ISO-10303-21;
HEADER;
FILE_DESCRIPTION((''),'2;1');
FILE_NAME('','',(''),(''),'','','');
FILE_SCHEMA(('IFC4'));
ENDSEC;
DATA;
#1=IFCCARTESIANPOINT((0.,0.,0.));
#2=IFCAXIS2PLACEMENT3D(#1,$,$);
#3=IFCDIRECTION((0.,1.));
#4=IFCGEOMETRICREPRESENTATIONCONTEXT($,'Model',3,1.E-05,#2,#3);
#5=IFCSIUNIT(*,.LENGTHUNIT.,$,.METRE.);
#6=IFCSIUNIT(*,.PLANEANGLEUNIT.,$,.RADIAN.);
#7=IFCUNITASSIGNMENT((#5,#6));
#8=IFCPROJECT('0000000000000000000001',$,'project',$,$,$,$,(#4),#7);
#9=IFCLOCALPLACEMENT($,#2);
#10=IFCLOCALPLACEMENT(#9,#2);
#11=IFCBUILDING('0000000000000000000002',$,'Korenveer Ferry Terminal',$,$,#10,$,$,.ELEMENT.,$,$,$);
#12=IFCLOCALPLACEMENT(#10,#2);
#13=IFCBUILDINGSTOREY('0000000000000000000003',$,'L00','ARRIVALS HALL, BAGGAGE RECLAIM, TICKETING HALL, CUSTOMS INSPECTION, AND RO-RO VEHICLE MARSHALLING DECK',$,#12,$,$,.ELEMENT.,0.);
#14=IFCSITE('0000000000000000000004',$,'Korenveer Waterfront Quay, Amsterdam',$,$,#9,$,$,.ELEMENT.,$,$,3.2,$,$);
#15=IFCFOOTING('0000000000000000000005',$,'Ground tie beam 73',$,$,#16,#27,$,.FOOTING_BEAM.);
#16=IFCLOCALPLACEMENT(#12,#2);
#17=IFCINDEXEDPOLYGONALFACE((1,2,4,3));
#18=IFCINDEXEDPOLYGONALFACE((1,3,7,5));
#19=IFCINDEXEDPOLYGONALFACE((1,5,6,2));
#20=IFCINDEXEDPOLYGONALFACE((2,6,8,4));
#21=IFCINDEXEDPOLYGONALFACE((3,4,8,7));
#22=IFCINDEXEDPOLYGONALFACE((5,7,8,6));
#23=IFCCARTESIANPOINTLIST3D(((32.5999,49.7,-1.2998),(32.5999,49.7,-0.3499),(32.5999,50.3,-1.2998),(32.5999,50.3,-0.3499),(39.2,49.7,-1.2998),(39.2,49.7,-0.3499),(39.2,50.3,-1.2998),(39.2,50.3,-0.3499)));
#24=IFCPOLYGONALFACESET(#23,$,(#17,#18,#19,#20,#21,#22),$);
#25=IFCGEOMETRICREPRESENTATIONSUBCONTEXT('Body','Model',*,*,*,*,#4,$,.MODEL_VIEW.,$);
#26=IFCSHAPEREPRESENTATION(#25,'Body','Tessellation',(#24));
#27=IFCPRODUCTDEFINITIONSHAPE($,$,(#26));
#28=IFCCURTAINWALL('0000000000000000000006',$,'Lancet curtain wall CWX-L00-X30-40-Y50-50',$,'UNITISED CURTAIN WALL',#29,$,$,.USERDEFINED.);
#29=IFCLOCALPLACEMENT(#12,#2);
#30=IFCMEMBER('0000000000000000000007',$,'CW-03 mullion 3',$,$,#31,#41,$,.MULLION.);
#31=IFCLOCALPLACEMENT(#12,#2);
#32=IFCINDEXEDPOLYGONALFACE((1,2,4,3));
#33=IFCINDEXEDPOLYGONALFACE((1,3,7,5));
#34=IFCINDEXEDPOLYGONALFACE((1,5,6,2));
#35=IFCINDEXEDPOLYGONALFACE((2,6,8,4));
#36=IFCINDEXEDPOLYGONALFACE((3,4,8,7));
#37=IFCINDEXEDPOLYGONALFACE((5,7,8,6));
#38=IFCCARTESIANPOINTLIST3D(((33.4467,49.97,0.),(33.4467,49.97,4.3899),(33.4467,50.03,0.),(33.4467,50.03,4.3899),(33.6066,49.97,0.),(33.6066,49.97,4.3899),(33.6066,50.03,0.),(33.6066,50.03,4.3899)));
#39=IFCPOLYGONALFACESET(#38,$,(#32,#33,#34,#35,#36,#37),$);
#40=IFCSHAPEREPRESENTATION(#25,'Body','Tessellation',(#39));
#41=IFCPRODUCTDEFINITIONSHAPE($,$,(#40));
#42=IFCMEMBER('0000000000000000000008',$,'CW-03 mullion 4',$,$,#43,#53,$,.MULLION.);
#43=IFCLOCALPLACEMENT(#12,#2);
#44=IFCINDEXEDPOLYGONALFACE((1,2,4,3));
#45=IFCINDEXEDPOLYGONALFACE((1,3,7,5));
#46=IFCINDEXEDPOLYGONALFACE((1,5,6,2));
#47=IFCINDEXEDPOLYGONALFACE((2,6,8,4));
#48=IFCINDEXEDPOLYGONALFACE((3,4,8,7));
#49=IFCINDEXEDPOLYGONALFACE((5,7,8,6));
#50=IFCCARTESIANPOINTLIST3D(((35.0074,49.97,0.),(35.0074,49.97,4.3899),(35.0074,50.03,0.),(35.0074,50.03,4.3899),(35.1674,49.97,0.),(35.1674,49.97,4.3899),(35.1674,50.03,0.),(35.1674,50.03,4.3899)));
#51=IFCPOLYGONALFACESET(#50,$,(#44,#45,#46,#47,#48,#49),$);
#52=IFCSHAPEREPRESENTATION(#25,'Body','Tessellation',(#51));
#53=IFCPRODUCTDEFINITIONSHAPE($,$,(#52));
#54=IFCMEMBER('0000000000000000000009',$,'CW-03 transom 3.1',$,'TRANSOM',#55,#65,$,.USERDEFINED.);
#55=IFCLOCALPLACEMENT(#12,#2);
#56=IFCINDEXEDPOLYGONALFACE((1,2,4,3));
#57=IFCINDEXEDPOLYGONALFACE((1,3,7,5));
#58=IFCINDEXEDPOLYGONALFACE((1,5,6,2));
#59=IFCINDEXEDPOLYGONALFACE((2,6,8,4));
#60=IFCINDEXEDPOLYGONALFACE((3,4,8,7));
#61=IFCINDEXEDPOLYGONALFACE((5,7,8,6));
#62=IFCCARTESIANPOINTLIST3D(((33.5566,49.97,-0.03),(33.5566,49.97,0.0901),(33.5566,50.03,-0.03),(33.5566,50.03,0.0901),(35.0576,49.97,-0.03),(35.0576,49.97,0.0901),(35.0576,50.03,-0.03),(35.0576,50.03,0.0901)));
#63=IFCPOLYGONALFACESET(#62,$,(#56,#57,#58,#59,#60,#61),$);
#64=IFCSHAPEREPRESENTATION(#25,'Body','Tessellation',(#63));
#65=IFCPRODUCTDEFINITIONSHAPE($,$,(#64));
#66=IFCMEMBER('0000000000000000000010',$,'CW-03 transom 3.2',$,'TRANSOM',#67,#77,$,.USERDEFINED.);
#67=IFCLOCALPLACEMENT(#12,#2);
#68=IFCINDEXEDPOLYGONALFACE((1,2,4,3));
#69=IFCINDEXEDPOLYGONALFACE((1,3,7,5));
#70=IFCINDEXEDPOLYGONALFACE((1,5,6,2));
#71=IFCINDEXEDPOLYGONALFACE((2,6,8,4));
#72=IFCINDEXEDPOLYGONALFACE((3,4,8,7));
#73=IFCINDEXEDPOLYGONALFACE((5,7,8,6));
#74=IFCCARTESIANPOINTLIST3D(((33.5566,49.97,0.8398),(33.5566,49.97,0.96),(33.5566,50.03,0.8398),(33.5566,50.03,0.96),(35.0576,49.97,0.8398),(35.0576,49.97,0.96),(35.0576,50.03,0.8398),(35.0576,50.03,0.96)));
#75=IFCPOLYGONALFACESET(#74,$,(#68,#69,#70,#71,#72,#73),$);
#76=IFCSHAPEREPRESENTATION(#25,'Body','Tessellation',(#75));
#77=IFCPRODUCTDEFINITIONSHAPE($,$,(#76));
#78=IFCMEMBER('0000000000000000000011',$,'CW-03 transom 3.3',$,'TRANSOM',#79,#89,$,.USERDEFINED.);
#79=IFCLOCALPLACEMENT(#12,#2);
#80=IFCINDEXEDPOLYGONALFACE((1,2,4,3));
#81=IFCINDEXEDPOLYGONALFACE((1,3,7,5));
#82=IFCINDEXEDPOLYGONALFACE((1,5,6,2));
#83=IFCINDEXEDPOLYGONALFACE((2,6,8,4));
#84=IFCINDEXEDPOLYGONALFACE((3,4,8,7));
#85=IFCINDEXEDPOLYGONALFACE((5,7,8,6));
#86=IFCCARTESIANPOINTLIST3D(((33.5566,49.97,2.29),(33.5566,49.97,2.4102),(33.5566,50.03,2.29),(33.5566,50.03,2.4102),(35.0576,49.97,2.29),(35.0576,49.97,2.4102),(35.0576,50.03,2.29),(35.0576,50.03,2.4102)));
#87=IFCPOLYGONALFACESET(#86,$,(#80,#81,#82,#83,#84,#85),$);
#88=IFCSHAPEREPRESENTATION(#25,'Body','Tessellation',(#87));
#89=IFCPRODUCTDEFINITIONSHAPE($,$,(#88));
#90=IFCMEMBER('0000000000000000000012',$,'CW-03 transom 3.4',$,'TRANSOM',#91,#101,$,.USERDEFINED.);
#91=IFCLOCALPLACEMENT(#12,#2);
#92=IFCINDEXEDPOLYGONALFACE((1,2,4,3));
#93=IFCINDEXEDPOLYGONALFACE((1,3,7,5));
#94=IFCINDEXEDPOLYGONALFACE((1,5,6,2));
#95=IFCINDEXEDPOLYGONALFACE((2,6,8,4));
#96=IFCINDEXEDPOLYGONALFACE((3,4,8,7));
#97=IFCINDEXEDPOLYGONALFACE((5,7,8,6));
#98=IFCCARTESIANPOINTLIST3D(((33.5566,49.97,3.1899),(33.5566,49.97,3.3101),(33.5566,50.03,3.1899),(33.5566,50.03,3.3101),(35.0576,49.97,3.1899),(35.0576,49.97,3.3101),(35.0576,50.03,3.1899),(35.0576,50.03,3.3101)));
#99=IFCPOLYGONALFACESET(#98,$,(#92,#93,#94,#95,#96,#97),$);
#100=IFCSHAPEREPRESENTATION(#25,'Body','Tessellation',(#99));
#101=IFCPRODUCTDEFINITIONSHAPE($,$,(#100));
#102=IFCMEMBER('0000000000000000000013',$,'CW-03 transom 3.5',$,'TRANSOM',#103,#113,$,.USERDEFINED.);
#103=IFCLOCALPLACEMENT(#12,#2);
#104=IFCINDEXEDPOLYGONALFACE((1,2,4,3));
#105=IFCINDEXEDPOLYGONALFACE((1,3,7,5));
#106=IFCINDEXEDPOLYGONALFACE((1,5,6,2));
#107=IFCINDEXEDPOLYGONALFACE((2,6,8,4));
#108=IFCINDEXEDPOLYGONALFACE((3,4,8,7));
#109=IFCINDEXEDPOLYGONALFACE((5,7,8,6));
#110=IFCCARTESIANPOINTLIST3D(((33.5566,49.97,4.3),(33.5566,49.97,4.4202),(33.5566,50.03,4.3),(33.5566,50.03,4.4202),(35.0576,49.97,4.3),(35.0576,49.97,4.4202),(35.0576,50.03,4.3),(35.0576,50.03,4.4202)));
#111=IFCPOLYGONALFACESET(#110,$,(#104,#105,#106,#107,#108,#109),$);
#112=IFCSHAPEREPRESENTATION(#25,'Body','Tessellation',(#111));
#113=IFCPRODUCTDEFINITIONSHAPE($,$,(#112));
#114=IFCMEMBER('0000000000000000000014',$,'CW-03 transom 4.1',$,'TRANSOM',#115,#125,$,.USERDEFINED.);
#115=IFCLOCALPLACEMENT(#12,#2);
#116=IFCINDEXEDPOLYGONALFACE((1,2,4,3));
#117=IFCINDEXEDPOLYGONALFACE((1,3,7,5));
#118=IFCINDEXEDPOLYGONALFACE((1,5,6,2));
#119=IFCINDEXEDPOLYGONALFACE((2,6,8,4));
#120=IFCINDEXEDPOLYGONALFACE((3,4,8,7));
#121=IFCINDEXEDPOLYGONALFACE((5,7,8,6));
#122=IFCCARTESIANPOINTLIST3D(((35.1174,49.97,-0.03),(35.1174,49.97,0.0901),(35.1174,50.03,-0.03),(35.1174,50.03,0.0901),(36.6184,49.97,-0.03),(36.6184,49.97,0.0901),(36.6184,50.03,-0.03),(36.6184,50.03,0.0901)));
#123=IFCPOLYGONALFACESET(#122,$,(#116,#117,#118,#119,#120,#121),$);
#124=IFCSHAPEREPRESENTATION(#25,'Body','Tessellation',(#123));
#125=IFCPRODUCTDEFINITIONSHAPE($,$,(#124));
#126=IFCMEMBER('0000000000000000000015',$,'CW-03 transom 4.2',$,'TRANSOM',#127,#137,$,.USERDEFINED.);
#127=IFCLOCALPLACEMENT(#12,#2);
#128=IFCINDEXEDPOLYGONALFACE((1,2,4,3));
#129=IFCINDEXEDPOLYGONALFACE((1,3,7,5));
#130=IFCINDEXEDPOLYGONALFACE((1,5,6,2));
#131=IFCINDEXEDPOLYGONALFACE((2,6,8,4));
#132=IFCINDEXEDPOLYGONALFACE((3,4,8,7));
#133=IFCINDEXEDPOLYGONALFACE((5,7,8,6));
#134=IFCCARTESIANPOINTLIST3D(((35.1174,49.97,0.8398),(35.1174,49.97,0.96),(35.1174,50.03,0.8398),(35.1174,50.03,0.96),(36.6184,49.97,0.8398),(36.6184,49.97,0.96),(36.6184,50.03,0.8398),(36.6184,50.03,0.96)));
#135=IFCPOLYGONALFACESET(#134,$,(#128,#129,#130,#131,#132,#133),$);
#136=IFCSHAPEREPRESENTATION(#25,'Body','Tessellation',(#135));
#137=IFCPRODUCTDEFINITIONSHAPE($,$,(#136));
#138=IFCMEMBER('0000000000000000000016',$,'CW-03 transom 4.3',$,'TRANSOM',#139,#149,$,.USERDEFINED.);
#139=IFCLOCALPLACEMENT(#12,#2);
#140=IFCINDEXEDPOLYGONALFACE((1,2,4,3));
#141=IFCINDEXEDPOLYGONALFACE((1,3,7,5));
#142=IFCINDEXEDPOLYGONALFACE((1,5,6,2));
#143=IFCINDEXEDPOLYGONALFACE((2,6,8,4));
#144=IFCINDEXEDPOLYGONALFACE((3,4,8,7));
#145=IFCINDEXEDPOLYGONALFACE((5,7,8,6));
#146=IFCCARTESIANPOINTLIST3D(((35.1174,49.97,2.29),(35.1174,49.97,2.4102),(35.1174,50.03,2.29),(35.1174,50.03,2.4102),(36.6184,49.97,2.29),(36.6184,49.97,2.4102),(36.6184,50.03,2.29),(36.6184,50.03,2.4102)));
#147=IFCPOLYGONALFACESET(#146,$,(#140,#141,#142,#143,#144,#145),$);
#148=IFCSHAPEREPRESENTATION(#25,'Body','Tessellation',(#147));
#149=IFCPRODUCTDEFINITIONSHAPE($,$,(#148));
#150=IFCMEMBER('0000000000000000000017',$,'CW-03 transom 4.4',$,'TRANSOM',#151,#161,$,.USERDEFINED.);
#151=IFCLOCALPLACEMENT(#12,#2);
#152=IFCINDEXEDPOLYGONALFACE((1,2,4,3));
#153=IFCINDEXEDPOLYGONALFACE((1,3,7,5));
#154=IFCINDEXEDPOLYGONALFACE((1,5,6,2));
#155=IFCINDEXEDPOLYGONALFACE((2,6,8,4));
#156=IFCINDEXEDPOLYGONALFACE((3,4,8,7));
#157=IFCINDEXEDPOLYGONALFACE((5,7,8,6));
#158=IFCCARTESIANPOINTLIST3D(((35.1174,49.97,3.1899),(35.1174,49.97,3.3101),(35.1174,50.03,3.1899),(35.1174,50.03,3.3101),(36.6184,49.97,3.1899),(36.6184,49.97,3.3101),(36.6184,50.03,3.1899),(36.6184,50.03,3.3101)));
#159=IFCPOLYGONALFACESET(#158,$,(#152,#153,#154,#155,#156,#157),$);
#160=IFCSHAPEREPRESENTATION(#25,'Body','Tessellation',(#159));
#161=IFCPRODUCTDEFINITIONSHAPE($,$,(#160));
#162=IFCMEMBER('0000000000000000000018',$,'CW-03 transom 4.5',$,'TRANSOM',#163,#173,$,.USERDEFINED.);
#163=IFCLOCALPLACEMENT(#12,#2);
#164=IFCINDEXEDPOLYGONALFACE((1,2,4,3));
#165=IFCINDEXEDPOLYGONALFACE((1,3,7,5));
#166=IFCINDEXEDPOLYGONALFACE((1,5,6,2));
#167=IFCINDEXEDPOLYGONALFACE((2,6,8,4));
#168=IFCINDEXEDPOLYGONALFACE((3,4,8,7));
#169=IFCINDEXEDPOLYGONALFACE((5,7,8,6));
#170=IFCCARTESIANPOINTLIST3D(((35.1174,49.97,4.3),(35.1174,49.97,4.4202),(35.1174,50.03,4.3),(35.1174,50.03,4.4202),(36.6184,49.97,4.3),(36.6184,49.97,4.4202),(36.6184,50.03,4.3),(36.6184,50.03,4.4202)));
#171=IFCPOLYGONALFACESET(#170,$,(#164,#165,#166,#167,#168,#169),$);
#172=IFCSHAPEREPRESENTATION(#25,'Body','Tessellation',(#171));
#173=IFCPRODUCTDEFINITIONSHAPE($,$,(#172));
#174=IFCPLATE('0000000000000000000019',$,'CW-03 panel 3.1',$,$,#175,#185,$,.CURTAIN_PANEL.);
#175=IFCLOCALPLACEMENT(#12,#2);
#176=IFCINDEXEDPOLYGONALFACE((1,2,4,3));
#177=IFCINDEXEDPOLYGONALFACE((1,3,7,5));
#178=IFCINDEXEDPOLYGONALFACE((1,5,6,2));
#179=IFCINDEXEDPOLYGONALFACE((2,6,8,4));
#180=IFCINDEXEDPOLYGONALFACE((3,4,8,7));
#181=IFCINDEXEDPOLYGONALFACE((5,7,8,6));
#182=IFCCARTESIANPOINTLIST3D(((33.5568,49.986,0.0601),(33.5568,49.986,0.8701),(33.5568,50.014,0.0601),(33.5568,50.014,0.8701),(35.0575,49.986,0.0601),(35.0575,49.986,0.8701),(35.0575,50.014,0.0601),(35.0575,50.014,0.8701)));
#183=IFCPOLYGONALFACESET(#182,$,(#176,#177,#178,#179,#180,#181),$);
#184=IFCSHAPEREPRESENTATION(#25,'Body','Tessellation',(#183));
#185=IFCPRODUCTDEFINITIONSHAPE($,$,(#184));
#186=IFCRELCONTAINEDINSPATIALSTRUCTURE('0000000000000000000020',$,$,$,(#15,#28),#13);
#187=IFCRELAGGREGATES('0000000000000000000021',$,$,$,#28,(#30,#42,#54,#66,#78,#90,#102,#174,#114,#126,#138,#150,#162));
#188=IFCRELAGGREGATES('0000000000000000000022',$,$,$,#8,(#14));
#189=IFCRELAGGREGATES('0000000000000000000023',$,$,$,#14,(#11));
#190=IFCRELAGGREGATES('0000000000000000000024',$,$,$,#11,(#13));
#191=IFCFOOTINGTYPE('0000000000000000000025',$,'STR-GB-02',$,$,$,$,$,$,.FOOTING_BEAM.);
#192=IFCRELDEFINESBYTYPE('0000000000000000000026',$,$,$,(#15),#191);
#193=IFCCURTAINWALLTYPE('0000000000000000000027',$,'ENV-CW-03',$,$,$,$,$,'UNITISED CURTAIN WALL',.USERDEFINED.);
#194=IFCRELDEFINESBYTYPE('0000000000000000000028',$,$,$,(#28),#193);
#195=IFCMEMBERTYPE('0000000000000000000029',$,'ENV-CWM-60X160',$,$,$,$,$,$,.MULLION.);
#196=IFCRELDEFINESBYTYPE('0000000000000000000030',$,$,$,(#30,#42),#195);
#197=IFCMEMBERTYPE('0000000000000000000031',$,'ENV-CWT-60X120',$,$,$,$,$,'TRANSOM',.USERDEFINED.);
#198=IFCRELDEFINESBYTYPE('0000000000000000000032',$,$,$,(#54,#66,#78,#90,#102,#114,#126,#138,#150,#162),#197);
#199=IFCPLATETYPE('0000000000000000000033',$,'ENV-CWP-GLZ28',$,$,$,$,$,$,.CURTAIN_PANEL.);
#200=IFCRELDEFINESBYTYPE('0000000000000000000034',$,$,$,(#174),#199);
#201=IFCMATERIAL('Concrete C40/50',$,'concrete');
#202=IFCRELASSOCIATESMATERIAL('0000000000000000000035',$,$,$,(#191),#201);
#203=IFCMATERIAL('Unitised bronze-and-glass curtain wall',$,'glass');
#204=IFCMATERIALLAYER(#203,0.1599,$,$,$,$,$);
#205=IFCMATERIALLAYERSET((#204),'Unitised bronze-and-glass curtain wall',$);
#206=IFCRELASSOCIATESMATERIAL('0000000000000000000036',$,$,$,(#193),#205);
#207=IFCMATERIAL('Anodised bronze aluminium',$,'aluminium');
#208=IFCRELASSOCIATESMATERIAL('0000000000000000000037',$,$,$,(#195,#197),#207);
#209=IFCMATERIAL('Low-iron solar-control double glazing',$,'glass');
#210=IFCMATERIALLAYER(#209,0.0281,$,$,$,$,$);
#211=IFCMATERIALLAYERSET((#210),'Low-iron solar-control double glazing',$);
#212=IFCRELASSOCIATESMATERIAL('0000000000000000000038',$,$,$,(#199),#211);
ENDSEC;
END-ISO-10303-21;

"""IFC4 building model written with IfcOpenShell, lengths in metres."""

from ifc_helpers import new_model, si_unit, direction, frame, origin, origin_2d, place, context, subcontext, project, spatial, rectangle, extrude, material, layer, layer_set, material_profile, profile_set, type_object, element, aggregate, save


model = new_model("IFC4")

# Units and contexts
model_context = context("Model", 3, precision=1e-05, world=origin(), true_north=direction((0.0, 1.0)))
body_context = subcontext(model_context, "Body", "Model", "MODEL_VIEW")
ifc_project = project(units=[si_unit("LENGTHUNIT", "METRE"), si_unit("PLANEANGLEUNIT", "RADIAN")], contexts=[model_context])

# Site, building, storey
site_placement = place(None, origin())
site = spatial("IfcSite", under=ifc_project, at=site_placement, Name="Korenveer Waterfront Quay, Amsterdam", CompositionType="ELEMENT", RefElevation=3.2)
building_placement = place(site_placement, origin())
building = spatial("IfcBuilding", under=site, at=building_placement, Name="Korenveer Ferry Terminal", CompositionType="ELEMENT")
storey_placement = place(building_placement, origin())
storey = spatial("IfcBuildingStorey", under=building, at=storey_placement, Name="L00", Description="ARRIVALS HALL, BAGGAGE RECLAIM, TICKETING HALL, CUSTOMS INSPECTION, AND RO-RO VEHICLE MARSHALLING DECK", CompositionType="ELEMENT", Elevation=0.0)

# Footing
ifc_material_1 = material(Name="Concrete C40/50", Category="concrete")
footing_type = type_object("IfcFootingType", Name="STR-GB-02", PredefinedType="FOOTING_BEAM", material=ifc_material_1)
footing_placement = place(storey_placement, frame((35.8999, 50.0, -1.2998), z_axis=(0.0, 0.0, 1.0), x_axis=(1.0, 0.0, 0.0)))
element("IfcFooting", 1, at=footing_placement, inside=storey, type_object=footing_type, Name="Ground tie beam 73", PredefinedType="FOOTING_BEAM", context=body_context, shape_type="SweptSolid", body=[
    extrude(rectangle(XDim=6.6001, YDim=0.6001, at=origin_2d()), origin(), (0.0, 0.0, 1.0), 0.95),
])

# Curtain wall, members, plate
ifc_material_2 = material(Name="Unitised bronze-and-glass curtain wall", Category="glass")
ifc_layer_1 = layer(ifc_material_2, 0.1599)
ifc_layer_set_1 = layer_set([ifc_layer_1], Name="Unitised bronze-and-glass curtain wall")
curtain_wall_type = type_object("IfcCurtainWallType", Name="ENV-CW-03", ElementType="UNITISED CURTAIN WALL", PredefinedType="USERDEFINED", material=ifc_layer_set_1)
curtain_wall_placement = place(storey_placement, frame((30.405, 50.0, 0.0)))
curtain_wall = element("IfcCurtainWall", 2, at=curtain_wall_placement, inside=storey, type_object=curtain_wall_type, Name="Lancet curtain wall CWX-L00-X30-40-Y50-50", ObjectType="UNITISED CURTAIN WALL", PredefinedType="USERDEFINED")
ifc_material_3 = material(Name="Anodised bronze aluminium", Category="aluminium")
ifc_material_profile_1 = material_profile(ifc_material_3, rectangle(XDim=0.0601, YDim=0.1599, at=origin_2d()), Name="ALU 60x160")
ifc_profile_set_1 = profile_set([ifc_material_profile_1], Name="Anodised bronze aluminium")
member_type_1 = type_object("IfcMemberType", Name="ENV-CWM-60X160", PredefinedType="MULLION", material=ifc_profile_set_1)
member_1_placement = place(storey_placement, frame((33.5266, 50.0, 0.0), z_axis=(0.0, 0.0, 1.0), x_axis=(0.0, 1.0, 0.0)))
member_1 = element("IfcMember", 3, at=member_1_placement, type_object=member_type_1, Name="CW-03 mullion 3", PredefinedType="MULLION", context=body_context, shape_type="SweptSolid", body=[
    extrude(rectangle(XDim=0.0601, YDim=0.1599, at=origin_2d()), origin(), (0.0, 0.0, 1.0), 4.3899),
])
member_2_placement = place(storey_placement, frame((35.0874, 50.0, 0.0), z_axis=(0.0, 0.0, 1.0), x_axis=(0.0, 1.0, 0.0)))
member_2 = element("IfcMember", 4, at=member_2_placement, type_object=member_type_1, Name="CW-03 mullion 4", PredefinedType="MULLION", context=body_context, shape_type="SweptSolid", body=[
    extrude(rectangle(XDim=0.0601, YDim=0.1599, at=origin_2d()), origin(), (0.0, 0.0, 1.0), 4.3899),
])
ifc_material_profile_2 = material_profile(ifc_material_3, rectangle(XDim=0.0601, YDim=0.1201, at=origin_2d()), Name="ALU 60x120")
ifc_profile_set_2 = profile_set([ifc_material_profile_2], Name="Anodised bronze aluminium")
member_type_2 = type_object("IfcMemberType", Name="ENV-CWT-60X120", ElementType="TRANSOM", PredefinedType="USERDEFINED", material=ifc_profile_set_2)
member_3_placement = place(storey_placement, frame((33.5566, 50.0, 0.03), z_axis=(1.0, 0.0, 0.0), x_axis=(0.0, 1.0, 0.0)))
member_3 = element("IfcMember", 5, at=member_3_placement, type_object=member_type_2, Name="CW-03 transom 3.1", ObjectType="TRANSOM", PredefinedType="USERDEFINED", context=body_context, shape_type="SweptSolid", body=[
    extrude(rectangle(XDim=0.0601, YDim=0.1201, at=origin_2d()), origin(), (0.0, 0.0, 1.0), 1.501),
])
member_4_placement = place(storey_placement, frame((33.5566, 50.0, 0.8999), z_axis=(1.0, 0.0, 0.0), x_axis=(0.0, 1.0, 0.0)))
member_4 = element("IfcMember", 6, at=member_4_placement, type_object=member_type_2, Name="CW-03 transom 3.2", ObjectType="TRANSOM", PredefinedType="USERDEFINED", context=body_context, shape_type="SweptSolid", body=[
    extrude(rectangle(XDim=0.0601, YDim=0.1201, at=origin_2d()), origin(), (0.0, 0.0, 1.0), 1.501),
])
member_5_placement = place(storey_placement, frame((33.5566, 50.0, 2.3501), z_axis=(1.0, 0.0, 0.0), x_axis=(0.0, 1.0, 0.0)))
member_5 = element("IfcMember", 7, at=member_5_placement, type_object=member_type_2, Name="CW-03 transom 3.3", ObjectType="TRANSOM", PredefinedType="USERDEFINED", context=body_context, shape_type="SweptSolid", body=[
    extrude(rectangle(XDim=0.0601, YDim=0.1201, at=origin_2d()), origin(), (0.0, 0.0, 1.0), 1.501),
])
member_6_placement = place(storey_placement, frame((33.5566, 50.0, 3.25), z_axis=(1.0, 0.0, 0.0), x_axis=(0.0, 1.0, 0.0)))
member_6 = element("IfcMember", 8, at=member_6_placement, type_object=member_type_2, Name="CW-03 transom 3.4", ObjectType="TRANSOM", PredefinedType="USERDEFINED", context=body_context, shape_type="SweptSolid", body=[
    extrude(rectangle(XDim=0.0601, YDim=0.1201, at=origin_2d()), origin(), (0.0, 0.0, 1.0), 1.501),
])
member_7_placement = place(storey_placement, frame((33.5566, 50.0, 4.3601), z_axis=(1.0, 0.0, 0.0), x_axis=(0.0, 1.0, 0.0)))
member_7 = element("IfcMember", 9, at=member_7_placement, type_object=member_type_2, Name="CW-03 transom 3.5", ObjectType="TRANSOM", PredefinedType="USERDEFINED", context=body_context, shape_type="SweptSolid", body=[
    extrude(rectangle(XDim=0.0601, YDim=0.1201, at=origin_2d()), origin(), (0.0, 0.0, 1.0), 1.501),
])
member_8_placement = place(storey_placement, frame((35.1174, 50.0, 0.03), z_axis=(1.0, 0.0, 0.0), x_axis=(0.0, 1.0, 0.0)))
member_8 = element("IfcMember", 10, at=member_8_placement, type_object=member_type_2, Name="CW-03 transom 4.1", ObjectType="TRANSOM", PredefinedType="USERDEFINED", context=body_context, shape_type="SweptSolid", body=[
    extrude(rectangle(XDim=0.0601, YDim=0.1201, at=origin_2d()), origin(), (0.0, 0.0, 1.0), 1.501),
])
member_9_placement = place(storey_placement, frame((35.1174, 50.0, 0.8999), z_axis=(1.0, 0.0, 0.0), x_axis=(0.0, 1.0, 0.0)))
member_9 = element("IfcMember", 11, at=member_9_placement, type_object=member_type_2, Name="CW-03 transom 4.2", ObjectType="TRANSOM", PredefinedType="USERDEFINED", context=body_context, shape_type="SweptSolid", body=[
    extrude(rectangle(XDim=0.0601, YDim=0.1201, at=origin_2d()), origin(), (0.0, 0.0, 1.0), 1.501),
])
member_10_placement = place(storey_placement, frame((35.1174, 50.0, 2.3501), z_axis=(1.0, 0.0, 0.0), x_axis=(0.0, 1.0, 0.0)))
member_10 = element("IfcMember", 12, at=member_10_placement, type_object=member_type_2, Name="CW-03 transom 4.3", ObjectType="TRANSOM", PredefinedType="USERDEFINED", context=body_context, shape_type="SweptSolid", body=[
    extrude(rectangle(XDim=0.0601, YDim=0.1201, at=origin_2d()), origin(), (0.0, 0.0, 1.0), 1.501),
])
member_11_placement = place(storey_placement, frame((35.1174, 50.0, 3.25), z_axis=(1.0, 0.0, 0.0), x_axis=(0.0, 1.0, 0.0)))
member_11 = element("IfcMember", 13, at=member_11_placement, type_object=member_type_2, Name="CW-03 transom 4.4", ObjectType="TRANSOM", PredefinedType="USERDEFINED", context=body_context, shape_type="SweptSolid", body=[
    extrude(rectangle(XDim=0.0601, YDim=0.1201, at=origin_2d()), origin(), (0.0, 0.0, 1.0), 1.501),
])
member_12_placement = place(storey_placement, frame((35.1174, 50.0, 4.3601), z_axis=(1.0, 0.0, 0.0), x_axis=(0.0, 1.0, 0.0)))
member_12 = element("IfcMember", 14, at=member_12_placement, type_object=member_type_2, Name="CW-03 transom 4.5", ObjectType="TRANSOM", PredefinedType="USERDEFINED", context=body_context, shape_type="SweptSolid", body=[
    extrude(rectangle(XDim=0.0601, YDim=0.1201, at=origin_2d()), origin(), (0.0, 0.0, 1.0), 1.501),
])
ifc_material_4 = material(Name="Low-iron solar-control double glazing", Category="glass")
ifc_layer_2 = layer(ifc_material_4, 0.0281)
ifc_layer_set_2 = layer_set([ifc_layer_2], Name="Low-iron solar-control double glazing")
plate_type = type_object("IfcPlateType", Name="ENV-CWP-GLZ28", PredefinedType="CURTAIN_PANEL", material=ifc_layer_set_2)
plate_1_placement = place(storey_placement, frame((34.3071, 50.0, 0.0601), z_axis=(0.0, 0.0, 1.0), x_axis=(1.0, 0.0, 0.0)))
plate_1 = element("IfcPlate", 15, at=plate_1_placement, type_object=plate_type, Name="CW-03 panel 3.1", PredefinedType="CURTAIN_PANEL", context=body_context, shape_type="SweptSolid", body=[
    extrude(rectangle(XDim=1.5007, YDim=0.0281, at=origin_2d()), origin(), (0.0, 0.0, 1.0), 0.8101),
])
aggregate(curtain_wall, [member_1, member_2, member_3, member_4, member_5, member_6, member_7, plate_1, member_8, member_9, member_10, member_11, member_12])

save(model, "model.ifc")
